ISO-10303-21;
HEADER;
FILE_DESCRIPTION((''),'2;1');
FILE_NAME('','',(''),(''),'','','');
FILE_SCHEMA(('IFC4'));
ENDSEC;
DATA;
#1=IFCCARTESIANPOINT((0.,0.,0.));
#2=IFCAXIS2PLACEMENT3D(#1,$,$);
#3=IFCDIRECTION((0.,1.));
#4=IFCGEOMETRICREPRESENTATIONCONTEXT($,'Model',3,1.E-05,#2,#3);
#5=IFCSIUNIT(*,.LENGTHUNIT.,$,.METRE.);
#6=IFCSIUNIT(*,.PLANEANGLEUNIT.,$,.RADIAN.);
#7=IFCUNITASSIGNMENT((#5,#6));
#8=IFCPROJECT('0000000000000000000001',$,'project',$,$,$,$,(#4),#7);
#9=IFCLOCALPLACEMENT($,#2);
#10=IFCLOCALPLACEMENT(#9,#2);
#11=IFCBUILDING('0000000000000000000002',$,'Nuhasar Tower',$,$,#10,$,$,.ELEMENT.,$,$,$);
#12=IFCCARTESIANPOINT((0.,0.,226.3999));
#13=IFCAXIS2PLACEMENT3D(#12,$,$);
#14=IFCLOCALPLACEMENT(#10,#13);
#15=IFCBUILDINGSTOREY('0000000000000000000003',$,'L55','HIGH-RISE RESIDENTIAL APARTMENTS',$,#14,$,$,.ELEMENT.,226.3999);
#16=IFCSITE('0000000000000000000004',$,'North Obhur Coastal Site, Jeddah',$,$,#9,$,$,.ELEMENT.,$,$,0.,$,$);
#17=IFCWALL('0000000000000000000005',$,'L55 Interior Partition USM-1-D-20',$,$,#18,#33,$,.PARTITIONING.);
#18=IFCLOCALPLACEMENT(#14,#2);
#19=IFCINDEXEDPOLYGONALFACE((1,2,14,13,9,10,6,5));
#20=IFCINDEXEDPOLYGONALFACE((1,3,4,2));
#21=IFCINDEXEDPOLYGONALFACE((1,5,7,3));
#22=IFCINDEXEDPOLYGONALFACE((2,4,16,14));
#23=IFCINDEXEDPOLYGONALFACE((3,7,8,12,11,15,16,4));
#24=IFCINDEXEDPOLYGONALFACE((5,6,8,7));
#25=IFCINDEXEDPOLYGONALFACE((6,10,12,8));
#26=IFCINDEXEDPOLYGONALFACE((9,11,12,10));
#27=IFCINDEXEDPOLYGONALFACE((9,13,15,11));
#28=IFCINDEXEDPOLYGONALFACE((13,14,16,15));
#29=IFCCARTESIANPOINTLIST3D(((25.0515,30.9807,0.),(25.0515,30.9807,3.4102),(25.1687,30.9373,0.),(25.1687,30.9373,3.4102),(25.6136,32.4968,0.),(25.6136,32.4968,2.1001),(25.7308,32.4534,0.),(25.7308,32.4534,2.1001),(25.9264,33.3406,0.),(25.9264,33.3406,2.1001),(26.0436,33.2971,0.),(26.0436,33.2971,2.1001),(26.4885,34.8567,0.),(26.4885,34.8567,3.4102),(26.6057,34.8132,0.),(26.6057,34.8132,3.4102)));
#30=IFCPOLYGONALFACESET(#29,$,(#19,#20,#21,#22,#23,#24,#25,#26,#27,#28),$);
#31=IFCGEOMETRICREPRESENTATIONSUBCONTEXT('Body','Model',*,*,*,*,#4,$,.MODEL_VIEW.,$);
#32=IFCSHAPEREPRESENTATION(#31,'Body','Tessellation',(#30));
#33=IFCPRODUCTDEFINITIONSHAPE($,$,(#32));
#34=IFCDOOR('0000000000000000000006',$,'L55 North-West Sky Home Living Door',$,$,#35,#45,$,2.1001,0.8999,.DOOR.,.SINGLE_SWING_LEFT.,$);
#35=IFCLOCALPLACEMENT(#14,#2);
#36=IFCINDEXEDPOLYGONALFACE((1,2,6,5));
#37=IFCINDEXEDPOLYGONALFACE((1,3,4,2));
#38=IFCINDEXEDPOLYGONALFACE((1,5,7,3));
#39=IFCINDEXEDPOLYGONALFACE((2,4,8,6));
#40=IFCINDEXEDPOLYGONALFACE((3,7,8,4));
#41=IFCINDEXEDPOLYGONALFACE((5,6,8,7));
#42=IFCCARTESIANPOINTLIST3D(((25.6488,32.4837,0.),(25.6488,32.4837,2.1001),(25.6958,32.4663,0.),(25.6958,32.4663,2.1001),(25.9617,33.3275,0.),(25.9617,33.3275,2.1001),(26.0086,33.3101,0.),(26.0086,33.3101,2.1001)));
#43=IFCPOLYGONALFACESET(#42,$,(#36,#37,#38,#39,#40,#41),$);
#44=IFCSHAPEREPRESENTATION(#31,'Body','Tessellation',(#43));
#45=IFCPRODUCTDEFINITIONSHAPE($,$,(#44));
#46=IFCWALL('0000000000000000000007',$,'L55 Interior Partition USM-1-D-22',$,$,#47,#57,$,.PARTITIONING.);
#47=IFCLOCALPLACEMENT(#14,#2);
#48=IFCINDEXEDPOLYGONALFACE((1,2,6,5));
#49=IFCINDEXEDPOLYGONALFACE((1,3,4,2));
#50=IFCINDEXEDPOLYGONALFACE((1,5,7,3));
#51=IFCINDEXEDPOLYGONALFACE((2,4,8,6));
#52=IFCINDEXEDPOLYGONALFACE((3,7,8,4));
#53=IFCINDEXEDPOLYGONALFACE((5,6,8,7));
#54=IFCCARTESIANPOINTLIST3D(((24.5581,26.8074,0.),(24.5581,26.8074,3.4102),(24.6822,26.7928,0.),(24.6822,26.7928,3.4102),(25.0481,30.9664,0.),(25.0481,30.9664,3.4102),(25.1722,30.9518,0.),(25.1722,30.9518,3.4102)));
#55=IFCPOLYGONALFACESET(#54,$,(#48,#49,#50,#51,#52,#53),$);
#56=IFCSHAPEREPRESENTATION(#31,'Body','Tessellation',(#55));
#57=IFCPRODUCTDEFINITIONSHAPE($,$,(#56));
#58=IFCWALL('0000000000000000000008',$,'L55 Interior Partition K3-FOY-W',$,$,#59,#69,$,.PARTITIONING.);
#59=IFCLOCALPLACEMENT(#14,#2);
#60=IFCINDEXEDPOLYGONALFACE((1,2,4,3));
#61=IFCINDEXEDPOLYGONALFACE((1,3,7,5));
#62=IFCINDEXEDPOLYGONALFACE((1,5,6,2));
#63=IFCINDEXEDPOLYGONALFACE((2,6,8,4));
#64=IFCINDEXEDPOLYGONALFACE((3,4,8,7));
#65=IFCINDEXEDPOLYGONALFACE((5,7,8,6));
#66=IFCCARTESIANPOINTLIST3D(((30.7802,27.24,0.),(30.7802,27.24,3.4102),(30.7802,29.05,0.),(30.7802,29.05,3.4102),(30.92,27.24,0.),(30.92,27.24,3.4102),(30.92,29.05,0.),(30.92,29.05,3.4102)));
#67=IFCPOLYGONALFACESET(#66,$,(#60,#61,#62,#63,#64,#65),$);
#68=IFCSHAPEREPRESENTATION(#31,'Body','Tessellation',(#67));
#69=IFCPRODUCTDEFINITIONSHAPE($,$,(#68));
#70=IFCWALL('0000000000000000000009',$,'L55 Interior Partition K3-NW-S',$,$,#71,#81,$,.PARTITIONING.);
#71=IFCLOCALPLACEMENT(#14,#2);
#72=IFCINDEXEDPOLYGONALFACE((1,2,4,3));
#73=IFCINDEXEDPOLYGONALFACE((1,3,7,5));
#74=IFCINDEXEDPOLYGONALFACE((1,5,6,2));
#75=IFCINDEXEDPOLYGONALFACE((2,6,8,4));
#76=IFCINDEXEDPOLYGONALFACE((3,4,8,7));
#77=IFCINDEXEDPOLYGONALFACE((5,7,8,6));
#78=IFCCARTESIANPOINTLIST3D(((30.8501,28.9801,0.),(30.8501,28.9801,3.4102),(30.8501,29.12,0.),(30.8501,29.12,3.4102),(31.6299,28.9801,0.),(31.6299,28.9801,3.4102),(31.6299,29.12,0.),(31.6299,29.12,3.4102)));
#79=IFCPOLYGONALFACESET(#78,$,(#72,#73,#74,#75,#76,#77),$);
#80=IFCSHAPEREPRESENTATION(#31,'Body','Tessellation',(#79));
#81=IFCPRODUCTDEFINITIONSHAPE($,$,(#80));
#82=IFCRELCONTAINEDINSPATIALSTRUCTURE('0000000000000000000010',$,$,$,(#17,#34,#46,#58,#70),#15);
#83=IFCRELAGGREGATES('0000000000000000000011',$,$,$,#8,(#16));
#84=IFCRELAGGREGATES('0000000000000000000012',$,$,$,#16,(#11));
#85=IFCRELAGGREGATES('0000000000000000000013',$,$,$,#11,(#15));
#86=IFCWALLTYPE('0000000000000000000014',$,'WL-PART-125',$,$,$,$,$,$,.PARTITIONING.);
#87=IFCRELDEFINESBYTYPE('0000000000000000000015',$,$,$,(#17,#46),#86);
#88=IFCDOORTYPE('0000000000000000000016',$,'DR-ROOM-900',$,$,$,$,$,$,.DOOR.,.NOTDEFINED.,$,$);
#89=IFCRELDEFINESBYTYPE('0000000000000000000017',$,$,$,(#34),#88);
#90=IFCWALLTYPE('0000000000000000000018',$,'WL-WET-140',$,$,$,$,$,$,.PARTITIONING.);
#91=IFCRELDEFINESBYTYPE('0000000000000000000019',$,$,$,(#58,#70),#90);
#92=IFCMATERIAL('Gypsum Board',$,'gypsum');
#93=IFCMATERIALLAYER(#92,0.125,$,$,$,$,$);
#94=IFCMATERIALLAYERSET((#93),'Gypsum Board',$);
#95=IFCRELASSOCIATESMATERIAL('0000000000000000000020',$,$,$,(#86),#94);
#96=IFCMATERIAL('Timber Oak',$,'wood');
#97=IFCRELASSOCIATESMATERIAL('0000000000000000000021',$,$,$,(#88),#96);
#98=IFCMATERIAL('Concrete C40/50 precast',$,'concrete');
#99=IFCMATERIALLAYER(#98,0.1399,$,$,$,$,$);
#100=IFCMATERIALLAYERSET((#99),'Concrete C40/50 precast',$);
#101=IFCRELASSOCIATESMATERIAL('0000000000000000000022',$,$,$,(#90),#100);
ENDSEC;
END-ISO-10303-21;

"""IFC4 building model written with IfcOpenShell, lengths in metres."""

from ifc_helpers import new_model, si_unit, direction, frame, frame_2d, origin, place, context, subcontext, project, spatial, rectangle, extrude, material, layer, layer_set, type_object, element, fill, save


model = new_model("IFC4")

# Units and contexts
model_context = context("Model", 3, precision=1e-05, world=origin(), true_north=direction((0.0, 1.0)))
body_context = subcontext(model_context, "Body", "Model", "MODEL_VIEW")
ifc_project = project(units=[si_unit("LENGTHUNIT", "METRE"), si_unit("PLANEANGLEUNIT", "RADIAN")], contexts=[model_context])

# Site, building, storey
site_placement = place(None, origin())
site = spatial("IfcSite", under=ifc_project, at=site_placement, Name="North Obhur Coastal Site, Jeddah", CompositionType="ELEMENT", RefElevation=0.0)
building_placement = place(site_placement, origin())
building = spatial("IfcBuilding", under=site, at=building_placement, Name="Nuhasar Tower", CompositionType="ELEMENT")
storey_placement = place(building_placement, frame((0.0, 0.0, 226.3999)))
storey = spatial("IfcBuildingStorey", under=building, at=storey_placement, Name="L55", Description="HIGH-RISE RESIDENTIAL APARTMENTS", CompositionType="ELEMENT", Elevation=226.3999)

# Shared definitions
ifc_material_1 = material(Name="Gypsum Board", Category="gypsum")

# Shared definitions
ifc_material_2 = material(Name="Timber Oak", Category="wood")

# Shared definitions
ifc_layer_1 = layer(ifc_material_1, 0.125)
ifc_layer_set_1 = layer_set([ifc_layer_1], Name="Gypsum Board")
wall_type_1 = type_object("IfcWallType", Name="WL-PART-125", PredefinedType="PARTITIONING", material=ifc_layer_set_1)

# Wall, opening, door
wall_1_placement = place(storey_placement, frame((25.1101, 30.959, 0.0), z_axis=(0.0, 0.0, 1.0), x_axis=(0.347626, 0.937633, 0.0)))
wall_1 = element("IfcWall", 1, at=wall_1_placement, inside=storey, type_object=wall_type_1, Name="L55 Interior Partition USM-1-D-20", PredefinedType="PARTITIONING", context=body_context, shape_type="SweptSolid", body=[
    extrude(rectangle(XDim=4.1338, YDim=0.125, at=frame_2d((2.0669, 0.0))), origin(), (0.0, 0.0, 1.0), 3.4102),
])
opening_1_placement = place(wall_1_placement, frame((1.6169, 0.0, 0.0)))
opening_1 = element("IfcOpeningElement", 2, at=opening_1_placement, cuts=wall_1, PredefinedType="OPENING", context=body_context, shape_type="SweptSolid", body=[
    extrude(rectangle(XDim=0.8999, YDim=2.1001, at=frame_2d((0.45, 1.05))), frame((0.0, 0.0725, 0.0), z_axis=(0.0, -1.0, 0.0), x_axis=(1.0, 0.0, 0.0)), (0.0, 0.0, 1.0), 0.145),
])
door_type_1 = type_object("IfcDoorType", Name="DR-ROOM-900", OperationType="NOTDEFINED", PredefinedType="DOOR", material=ifc_material_2)
door_1_placement = place(opening_1_placement, origin())
door_1 = element("IfcDoor", 3, at=door_1_placement, inside=storey, type_object=door_type_1, Name="L55 North-West Sky Home Living Door", OperationType="SINGLE_SWING_LEFT", OverallHeight=2.1001, OverallWidth=0.8999, PredefinedType="DOOR", context=body_context, shape_type="SweptSolid", body=[
    extrude(rectangle(XDim=0.8999, YDim=2.1001, at=frame_2d((0.45, 1.05))), frame((0.0, 0.0249, 0.0), z_axis=(0.0, -1.0, 0.0), x_axis=(1.0, 0.0, 0.0)), (0.0, 0.0, 1.0), 0.05),
])
fill(opening_1, door_1)

# Walls
wall_2_placement = place(storey_placement, frame((25.1101, 30.959, 0.0), z_axis=(0.0, 0.0, 1.0), x_axis=(-0.117007, -0.993131, 0.0)))
element("IfcWall", 4, at=wall_2_placement, inside=storey, type_object=wall_type_1, Name="L55 Interior Partition USM-1-D-22", PredefinedType="PARTITIONING", context=body_context, shape_type="SweptSolid", body=[
    extrude(rectangle(XDim=4.1877, YDim=0.125, at=frame_2d((2.0938, 0.0))), origin(), (0.0, 0.0, 1.0), 3.4102),
])
ifc_material_3 = material(Name="Concrete C40/50 precast", Category="concrete")
ifc_layer_2 = layer(ifc_material_3, 0.1399)
ifc_layer_set_2 = layer_set([ifc_layer_2], Name="Concrete C40/50 precast")
wall_type_2 = type_object("IfcWallType", Name="WL-WET-140", PredefinedType="PARTITIONING", material=ifc_layer_set_2)
wall_3_placement = place(storey_placement, frame((30.8501, 27.24, 0.0), z_axis=(0.0, 0.0, 1.0), x_axis=(0.0, 1.0, 0.0)))
element("IfcWall", 5, at=wall_3_placement, inside=storey, type_object=wall_type_2, Name="L55 Interior Partition K3-FOY-W", PredefinedType="PARTITIONING", context=body_context, shape_type="SweptSolid", body=[
    extrude(rectangle(XDim=1.8101, YDim=0.1399, at=frame_2d((0.905, 0.0))), origin(), (0.0, 0.0, 1.0), 3.4102),
])
wall_4_placement = place(storey_placement, frame((30.8501, 29.05, 0.0), z_axis=(0.0, 0.0, 1.0), x_axis=(1.0, 0.0, 0.0)))
element("IfcWall", 6, at=wall_4_placement, inside=storey, type_object=wall_type_2, Name="L55 Interior Partition K3-NW-S", PredefinedType="PARTITIONING", context=body_context, shape_type="SweptSolid", body=[
    extrude(rectangle(XDim=0.7798, YDim=0.1399, at=frame_2d((0.3899, 0.0))), origin(), (0.0, 0.0, 1.0), 3.4102),
])

save(model, "model.ifc")
